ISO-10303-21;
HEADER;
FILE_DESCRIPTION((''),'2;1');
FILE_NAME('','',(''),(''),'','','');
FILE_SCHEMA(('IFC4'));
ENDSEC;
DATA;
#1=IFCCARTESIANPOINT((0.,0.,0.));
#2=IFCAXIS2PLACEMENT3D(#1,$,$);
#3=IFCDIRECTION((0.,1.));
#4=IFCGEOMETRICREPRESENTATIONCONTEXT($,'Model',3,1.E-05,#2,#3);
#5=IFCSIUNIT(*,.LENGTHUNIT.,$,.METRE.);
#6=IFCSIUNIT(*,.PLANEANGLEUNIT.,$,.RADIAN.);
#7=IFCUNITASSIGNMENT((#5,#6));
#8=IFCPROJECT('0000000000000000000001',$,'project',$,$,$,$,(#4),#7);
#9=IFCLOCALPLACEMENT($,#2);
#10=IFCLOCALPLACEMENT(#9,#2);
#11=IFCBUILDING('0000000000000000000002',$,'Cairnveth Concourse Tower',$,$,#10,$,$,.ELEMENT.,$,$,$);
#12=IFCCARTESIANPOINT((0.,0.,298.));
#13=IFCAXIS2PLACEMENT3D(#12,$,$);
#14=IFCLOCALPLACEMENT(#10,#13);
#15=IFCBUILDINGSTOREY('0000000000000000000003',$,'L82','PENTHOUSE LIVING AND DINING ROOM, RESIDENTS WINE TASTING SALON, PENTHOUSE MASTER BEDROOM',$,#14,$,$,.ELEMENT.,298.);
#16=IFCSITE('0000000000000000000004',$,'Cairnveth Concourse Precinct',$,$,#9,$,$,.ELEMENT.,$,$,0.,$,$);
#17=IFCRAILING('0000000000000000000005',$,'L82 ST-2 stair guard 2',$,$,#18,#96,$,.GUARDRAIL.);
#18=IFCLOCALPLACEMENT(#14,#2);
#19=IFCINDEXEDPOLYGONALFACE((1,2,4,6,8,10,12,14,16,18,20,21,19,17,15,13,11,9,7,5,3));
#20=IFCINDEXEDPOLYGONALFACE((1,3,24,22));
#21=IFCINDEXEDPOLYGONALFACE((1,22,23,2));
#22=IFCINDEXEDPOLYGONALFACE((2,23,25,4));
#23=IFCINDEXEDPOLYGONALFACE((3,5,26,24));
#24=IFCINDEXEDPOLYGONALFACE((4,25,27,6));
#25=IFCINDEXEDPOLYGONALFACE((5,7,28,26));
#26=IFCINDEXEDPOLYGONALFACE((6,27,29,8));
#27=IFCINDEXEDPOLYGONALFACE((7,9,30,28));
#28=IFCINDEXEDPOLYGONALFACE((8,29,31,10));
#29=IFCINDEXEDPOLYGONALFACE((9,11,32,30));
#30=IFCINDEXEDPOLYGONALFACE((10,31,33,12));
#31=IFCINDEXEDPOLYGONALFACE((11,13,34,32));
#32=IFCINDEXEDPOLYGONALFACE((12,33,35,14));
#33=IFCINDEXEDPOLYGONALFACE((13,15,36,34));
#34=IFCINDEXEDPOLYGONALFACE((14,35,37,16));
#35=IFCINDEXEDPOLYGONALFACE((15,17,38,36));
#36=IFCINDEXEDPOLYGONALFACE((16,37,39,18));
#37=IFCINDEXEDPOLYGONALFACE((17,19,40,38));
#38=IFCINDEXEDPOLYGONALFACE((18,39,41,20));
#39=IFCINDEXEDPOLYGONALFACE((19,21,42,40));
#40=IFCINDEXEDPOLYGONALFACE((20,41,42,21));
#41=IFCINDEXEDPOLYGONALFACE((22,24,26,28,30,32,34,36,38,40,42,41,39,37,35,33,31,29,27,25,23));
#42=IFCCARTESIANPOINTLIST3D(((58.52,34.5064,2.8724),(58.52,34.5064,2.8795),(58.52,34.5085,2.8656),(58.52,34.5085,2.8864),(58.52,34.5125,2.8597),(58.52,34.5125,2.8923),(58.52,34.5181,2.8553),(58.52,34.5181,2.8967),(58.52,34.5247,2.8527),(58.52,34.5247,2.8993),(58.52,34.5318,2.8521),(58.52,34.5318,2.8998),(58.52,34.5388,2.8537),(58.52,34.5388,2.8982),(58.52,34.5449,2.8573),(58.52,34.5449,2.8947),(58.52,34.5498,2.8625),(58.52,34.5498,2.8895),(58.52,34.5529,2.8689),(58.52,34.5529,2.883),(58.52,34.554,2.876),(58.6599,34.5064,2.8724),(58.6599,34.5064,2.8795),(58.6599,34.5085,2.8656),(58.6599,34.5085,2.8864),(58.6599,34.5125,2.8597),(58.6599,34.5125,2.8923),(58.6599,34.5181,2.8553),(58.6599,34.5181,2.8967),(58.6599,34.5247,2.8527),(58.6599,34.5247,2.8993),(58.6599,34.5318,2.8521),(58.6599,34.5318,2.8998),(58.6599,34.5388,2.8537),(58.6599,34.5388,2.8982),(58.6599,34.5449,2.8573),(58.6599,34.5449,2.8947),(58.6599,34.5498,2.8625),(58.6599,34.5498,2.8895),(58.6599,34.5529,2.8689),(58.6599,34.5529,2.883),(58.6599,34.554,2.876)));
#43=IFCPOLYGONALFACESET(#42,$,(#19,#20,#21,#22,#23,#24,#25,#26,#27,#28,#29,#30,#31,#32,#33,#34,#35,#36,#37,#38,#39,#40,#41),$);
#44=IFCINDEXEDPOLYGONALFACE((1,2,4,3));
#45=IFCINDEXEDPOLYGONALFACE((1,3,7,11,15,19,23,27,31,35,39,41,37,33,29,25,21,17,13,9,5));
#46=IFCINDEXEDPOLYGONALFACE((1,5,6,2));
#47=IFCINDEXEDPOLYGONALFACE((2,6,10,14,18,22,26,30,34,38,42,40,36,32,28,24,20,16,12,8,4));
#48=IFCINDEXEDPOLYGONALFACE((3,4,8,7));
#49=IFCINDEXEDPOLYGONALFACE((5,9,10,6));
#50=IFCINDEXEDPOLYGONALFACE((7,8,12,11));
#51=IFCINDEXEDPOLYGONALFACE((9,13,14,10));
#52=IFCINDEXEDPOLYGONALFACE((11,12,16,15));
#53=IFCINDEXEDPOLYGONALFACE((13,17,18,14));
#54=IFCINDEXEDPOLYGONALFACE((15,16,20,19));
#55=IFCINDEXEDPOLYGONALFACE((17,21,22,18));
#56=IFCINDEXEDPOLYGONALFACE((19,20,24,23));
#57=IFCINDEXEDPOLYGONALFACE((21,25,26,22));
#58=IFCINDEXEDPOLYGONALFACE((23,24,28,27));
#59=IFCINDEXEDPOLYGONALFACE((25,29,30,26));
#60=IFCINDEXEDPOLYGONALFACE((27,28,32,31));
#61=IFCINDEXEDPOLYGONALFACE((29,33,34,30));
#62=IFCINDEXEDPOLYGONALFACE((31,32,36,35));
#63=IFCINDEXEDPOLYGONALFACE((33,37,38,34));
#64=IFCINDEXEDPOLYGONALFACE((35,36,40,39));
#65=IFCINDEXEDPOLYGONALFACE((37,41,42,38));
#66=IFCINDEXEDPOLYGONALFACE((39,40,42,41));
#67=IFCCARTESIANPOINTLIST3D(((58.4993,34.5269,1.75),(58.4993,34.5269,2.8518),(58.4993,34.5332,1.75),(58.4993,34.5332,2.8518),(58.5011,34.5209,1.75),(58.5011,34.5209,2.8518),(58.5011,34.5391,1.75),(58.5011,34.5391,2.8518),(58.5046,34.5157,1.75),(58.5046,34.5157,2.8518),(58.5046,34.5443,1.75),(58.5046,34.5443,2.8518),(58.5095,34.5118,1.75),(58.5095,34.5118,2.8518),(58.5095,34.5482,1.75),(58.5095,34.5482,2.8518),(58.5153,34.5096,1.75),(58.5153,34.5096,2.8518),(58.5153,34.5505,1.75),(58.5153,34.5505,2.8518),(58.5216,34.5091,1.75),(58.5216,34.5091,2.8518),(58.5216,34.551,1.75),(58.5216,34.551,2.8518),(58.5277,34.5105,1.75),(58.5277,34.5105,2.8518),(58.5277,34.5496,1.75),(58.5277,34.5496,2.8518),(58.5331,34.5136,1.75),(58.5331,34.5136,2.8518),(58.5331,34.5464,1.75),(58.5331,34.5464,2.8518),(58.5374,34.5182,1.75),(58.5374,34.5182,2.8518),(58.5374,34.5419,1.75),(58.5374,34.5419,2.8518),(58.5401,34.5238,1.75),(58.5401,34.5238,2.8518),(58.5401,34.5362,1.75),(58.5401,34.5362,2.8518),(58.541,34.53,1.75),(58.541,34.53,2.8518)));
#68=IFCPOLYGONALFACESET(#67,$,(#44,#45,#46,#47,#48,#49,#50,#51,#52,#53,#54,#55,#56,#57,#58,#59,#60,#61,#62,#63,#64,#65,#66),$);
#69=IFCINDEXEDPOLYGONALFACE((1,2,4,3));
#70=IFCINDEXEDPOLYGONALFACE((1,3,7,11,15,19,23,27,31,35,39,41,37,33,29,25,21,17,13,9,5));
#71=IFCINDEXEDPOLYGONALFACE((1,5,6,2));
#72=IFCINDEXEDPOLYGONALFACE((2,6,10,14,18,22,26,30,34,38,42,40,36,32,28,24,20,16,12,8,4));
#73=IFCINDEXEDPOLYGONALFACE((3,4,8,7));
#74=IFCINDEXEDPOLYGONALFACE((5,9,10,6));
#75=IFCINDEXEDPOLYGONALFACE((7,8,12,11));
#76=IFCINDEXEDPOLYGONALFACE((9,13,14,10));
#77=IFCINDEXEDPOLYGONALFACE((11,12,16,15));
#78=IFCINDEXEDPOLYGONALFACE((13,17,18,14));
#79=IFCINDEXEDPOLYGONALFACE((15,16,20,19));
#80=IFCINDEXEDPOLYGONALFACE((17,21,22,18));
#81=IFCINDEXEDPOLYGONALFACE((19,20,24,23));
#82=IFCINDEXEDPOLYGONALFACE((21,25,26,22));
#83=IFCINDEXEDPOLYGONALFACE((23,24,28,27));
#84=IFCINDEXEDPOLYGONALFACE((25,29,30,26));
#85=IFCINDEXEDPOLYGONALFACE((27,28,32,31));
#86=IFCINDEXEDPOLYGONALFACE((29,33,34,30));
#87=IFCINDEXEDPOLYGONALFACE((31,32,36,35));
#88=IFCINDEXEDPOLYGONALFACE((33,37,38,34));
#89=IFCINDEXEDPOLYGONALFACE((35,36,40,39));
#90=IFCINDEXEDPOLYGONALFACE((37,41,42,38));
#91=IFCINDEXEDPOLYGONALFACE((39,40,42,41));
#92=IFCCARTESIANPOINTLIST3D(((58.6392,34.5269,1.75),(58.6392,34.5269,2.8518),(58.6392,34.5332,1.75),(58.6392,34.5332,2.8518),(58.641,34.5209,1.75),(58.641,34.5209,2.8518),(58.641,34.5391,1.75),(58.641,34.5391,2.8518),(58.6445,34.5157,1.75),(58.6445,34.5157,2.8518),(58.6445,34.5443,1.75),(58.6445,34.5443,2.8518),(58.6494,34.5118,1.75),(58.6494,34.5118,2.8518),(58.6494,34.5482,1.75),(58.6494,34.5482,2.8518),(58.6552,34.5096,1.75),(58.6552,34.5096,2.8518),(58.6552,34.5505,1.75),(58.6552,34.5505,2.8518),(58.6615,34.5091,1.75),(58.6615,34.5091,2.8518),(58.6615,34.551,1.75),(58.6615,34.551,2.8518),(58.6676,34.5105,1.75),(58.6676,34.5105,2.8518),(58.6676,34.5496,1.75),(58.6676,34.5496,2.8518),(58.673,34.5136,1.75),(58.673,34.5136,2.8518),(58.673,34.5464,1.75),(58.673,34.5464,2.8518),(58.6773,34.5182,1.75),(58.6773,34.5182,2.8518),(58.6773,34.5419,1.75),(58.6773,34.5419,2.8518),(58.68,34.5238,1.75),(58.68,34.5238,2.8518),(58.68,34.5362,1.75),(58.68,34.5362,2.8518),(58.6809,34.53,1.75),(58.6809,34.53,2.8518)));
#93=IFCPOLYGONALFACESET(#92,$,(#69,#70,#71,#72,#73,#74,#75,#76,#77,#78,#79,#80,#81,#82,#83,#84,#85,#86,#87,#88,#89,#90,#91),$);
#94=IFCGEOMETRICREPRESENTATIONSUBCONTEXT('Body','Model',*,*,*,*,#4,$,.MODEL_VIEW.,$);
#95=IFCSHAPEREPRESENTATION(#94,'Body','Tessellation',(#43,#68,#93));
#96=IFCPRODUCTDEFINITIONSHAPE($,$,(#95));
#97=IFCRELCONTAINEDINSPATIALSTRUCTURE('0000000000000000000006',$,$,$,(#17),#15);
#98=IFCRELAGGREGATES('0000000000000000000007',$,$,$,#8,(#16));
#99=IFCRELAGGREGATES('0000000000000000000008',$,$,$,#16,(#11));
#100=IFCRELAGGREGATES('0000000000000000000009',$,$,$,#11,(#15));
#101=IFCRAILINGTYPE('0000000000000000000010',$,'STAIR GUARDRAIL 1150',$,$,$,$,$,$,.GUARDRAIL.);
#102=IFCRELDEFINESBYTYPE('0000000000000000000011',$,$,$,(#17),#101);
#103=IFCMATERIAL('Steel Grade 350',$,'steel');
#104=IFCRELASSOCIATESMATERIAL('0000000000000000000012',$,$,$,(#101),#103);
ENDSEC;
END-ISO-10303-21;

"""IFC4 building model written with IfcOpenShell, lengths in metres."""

from ifc_helpers import new_model, si_unit, direction, frame, origin, origin_2d, place, context, subcontext, project, spatial, circle, extrude, material, type_object, element, save


model = new_model("IFC4")

# Units and contexts
model_context = context("Model", 3, precision=1e-05, world=origin(), true_north=direction((0.0, 1.0)))
body_context = subcontext(model_context, "Body", "Model", "MODEL_VIEW")
ifc_project = project(units=[si_unit("LENGTHUNIT", "METRE"), si_unit("PLANEANGLEUNIT", "RADIAN")], contexts=[model_context])

# Site, building, storey
site_placement = place(None, origin())
site = spatial("IfcSite", under=ifc_project, at=site_placement, Name="Cairnveth Concourse Precinct", CompositionType="ELEMENT", RefElevation=0.0)
building_placement = place(site_placement, origin())
building = spatial("IfcBuilding", under=site, at=building_placement, Name="Cairnveth Concourse Tower", CompositionType="ELEMENT")
storey_placement = place(building_placement, frame((0.0, 0.0, 298.0)))
storey = spatial("IfcBuildingStorey", under=building, at=storey_placement, Name="L82", Description="PENTHOUSE LIVING AND DINING ROOM, RESIDENTS WINE TASTING SALON, PENTHOUSE MASTER BEDROOM", CompositionType="ELEMENT", Elevation=298.0)

# Shared definitions
ifc_material_1 = material(Name="Steel Grade 350", Category="steel")

# Railing
railing_type = type_object("IfcRailingType", Name="STAIR GUARDRAIL 1150", PredefinedType="GUARDRAIL", material=ifc_material_1)
railing_placement = place(storey_placement, frame((58.52, 34.53, 1.75)))
element("IfcRailing", 1, at=railing_placement, inside=storey, type_object=railing_type, Name="L82 ST-2 stair guard 2", PredefinedType="GUARDRAIL", context=body_context, shape_type="SweptSolid", body=[
    extrude(circle(Radius=0.0239, at=origin_2d()), frame((0.0, 0.0, 1.126), z_axis=(1.0, 0.0, 0.0), x_axis=(0.0, 1.0, 0.0)), (0.0, 0.0, 1.0), 0.1399),
    extrude(circle(Radius=0.021, at=origin_2d()), origin(), (0.0, 0.0, 1.0), 1.1018),
    extrude(circle(Radius=0.021, at=origin_2d()), frame((0.1399, 0.0, 0.0)), (0.0, 0.0, 1.0), 1.1018),
])

save(model, "model.ifc")
